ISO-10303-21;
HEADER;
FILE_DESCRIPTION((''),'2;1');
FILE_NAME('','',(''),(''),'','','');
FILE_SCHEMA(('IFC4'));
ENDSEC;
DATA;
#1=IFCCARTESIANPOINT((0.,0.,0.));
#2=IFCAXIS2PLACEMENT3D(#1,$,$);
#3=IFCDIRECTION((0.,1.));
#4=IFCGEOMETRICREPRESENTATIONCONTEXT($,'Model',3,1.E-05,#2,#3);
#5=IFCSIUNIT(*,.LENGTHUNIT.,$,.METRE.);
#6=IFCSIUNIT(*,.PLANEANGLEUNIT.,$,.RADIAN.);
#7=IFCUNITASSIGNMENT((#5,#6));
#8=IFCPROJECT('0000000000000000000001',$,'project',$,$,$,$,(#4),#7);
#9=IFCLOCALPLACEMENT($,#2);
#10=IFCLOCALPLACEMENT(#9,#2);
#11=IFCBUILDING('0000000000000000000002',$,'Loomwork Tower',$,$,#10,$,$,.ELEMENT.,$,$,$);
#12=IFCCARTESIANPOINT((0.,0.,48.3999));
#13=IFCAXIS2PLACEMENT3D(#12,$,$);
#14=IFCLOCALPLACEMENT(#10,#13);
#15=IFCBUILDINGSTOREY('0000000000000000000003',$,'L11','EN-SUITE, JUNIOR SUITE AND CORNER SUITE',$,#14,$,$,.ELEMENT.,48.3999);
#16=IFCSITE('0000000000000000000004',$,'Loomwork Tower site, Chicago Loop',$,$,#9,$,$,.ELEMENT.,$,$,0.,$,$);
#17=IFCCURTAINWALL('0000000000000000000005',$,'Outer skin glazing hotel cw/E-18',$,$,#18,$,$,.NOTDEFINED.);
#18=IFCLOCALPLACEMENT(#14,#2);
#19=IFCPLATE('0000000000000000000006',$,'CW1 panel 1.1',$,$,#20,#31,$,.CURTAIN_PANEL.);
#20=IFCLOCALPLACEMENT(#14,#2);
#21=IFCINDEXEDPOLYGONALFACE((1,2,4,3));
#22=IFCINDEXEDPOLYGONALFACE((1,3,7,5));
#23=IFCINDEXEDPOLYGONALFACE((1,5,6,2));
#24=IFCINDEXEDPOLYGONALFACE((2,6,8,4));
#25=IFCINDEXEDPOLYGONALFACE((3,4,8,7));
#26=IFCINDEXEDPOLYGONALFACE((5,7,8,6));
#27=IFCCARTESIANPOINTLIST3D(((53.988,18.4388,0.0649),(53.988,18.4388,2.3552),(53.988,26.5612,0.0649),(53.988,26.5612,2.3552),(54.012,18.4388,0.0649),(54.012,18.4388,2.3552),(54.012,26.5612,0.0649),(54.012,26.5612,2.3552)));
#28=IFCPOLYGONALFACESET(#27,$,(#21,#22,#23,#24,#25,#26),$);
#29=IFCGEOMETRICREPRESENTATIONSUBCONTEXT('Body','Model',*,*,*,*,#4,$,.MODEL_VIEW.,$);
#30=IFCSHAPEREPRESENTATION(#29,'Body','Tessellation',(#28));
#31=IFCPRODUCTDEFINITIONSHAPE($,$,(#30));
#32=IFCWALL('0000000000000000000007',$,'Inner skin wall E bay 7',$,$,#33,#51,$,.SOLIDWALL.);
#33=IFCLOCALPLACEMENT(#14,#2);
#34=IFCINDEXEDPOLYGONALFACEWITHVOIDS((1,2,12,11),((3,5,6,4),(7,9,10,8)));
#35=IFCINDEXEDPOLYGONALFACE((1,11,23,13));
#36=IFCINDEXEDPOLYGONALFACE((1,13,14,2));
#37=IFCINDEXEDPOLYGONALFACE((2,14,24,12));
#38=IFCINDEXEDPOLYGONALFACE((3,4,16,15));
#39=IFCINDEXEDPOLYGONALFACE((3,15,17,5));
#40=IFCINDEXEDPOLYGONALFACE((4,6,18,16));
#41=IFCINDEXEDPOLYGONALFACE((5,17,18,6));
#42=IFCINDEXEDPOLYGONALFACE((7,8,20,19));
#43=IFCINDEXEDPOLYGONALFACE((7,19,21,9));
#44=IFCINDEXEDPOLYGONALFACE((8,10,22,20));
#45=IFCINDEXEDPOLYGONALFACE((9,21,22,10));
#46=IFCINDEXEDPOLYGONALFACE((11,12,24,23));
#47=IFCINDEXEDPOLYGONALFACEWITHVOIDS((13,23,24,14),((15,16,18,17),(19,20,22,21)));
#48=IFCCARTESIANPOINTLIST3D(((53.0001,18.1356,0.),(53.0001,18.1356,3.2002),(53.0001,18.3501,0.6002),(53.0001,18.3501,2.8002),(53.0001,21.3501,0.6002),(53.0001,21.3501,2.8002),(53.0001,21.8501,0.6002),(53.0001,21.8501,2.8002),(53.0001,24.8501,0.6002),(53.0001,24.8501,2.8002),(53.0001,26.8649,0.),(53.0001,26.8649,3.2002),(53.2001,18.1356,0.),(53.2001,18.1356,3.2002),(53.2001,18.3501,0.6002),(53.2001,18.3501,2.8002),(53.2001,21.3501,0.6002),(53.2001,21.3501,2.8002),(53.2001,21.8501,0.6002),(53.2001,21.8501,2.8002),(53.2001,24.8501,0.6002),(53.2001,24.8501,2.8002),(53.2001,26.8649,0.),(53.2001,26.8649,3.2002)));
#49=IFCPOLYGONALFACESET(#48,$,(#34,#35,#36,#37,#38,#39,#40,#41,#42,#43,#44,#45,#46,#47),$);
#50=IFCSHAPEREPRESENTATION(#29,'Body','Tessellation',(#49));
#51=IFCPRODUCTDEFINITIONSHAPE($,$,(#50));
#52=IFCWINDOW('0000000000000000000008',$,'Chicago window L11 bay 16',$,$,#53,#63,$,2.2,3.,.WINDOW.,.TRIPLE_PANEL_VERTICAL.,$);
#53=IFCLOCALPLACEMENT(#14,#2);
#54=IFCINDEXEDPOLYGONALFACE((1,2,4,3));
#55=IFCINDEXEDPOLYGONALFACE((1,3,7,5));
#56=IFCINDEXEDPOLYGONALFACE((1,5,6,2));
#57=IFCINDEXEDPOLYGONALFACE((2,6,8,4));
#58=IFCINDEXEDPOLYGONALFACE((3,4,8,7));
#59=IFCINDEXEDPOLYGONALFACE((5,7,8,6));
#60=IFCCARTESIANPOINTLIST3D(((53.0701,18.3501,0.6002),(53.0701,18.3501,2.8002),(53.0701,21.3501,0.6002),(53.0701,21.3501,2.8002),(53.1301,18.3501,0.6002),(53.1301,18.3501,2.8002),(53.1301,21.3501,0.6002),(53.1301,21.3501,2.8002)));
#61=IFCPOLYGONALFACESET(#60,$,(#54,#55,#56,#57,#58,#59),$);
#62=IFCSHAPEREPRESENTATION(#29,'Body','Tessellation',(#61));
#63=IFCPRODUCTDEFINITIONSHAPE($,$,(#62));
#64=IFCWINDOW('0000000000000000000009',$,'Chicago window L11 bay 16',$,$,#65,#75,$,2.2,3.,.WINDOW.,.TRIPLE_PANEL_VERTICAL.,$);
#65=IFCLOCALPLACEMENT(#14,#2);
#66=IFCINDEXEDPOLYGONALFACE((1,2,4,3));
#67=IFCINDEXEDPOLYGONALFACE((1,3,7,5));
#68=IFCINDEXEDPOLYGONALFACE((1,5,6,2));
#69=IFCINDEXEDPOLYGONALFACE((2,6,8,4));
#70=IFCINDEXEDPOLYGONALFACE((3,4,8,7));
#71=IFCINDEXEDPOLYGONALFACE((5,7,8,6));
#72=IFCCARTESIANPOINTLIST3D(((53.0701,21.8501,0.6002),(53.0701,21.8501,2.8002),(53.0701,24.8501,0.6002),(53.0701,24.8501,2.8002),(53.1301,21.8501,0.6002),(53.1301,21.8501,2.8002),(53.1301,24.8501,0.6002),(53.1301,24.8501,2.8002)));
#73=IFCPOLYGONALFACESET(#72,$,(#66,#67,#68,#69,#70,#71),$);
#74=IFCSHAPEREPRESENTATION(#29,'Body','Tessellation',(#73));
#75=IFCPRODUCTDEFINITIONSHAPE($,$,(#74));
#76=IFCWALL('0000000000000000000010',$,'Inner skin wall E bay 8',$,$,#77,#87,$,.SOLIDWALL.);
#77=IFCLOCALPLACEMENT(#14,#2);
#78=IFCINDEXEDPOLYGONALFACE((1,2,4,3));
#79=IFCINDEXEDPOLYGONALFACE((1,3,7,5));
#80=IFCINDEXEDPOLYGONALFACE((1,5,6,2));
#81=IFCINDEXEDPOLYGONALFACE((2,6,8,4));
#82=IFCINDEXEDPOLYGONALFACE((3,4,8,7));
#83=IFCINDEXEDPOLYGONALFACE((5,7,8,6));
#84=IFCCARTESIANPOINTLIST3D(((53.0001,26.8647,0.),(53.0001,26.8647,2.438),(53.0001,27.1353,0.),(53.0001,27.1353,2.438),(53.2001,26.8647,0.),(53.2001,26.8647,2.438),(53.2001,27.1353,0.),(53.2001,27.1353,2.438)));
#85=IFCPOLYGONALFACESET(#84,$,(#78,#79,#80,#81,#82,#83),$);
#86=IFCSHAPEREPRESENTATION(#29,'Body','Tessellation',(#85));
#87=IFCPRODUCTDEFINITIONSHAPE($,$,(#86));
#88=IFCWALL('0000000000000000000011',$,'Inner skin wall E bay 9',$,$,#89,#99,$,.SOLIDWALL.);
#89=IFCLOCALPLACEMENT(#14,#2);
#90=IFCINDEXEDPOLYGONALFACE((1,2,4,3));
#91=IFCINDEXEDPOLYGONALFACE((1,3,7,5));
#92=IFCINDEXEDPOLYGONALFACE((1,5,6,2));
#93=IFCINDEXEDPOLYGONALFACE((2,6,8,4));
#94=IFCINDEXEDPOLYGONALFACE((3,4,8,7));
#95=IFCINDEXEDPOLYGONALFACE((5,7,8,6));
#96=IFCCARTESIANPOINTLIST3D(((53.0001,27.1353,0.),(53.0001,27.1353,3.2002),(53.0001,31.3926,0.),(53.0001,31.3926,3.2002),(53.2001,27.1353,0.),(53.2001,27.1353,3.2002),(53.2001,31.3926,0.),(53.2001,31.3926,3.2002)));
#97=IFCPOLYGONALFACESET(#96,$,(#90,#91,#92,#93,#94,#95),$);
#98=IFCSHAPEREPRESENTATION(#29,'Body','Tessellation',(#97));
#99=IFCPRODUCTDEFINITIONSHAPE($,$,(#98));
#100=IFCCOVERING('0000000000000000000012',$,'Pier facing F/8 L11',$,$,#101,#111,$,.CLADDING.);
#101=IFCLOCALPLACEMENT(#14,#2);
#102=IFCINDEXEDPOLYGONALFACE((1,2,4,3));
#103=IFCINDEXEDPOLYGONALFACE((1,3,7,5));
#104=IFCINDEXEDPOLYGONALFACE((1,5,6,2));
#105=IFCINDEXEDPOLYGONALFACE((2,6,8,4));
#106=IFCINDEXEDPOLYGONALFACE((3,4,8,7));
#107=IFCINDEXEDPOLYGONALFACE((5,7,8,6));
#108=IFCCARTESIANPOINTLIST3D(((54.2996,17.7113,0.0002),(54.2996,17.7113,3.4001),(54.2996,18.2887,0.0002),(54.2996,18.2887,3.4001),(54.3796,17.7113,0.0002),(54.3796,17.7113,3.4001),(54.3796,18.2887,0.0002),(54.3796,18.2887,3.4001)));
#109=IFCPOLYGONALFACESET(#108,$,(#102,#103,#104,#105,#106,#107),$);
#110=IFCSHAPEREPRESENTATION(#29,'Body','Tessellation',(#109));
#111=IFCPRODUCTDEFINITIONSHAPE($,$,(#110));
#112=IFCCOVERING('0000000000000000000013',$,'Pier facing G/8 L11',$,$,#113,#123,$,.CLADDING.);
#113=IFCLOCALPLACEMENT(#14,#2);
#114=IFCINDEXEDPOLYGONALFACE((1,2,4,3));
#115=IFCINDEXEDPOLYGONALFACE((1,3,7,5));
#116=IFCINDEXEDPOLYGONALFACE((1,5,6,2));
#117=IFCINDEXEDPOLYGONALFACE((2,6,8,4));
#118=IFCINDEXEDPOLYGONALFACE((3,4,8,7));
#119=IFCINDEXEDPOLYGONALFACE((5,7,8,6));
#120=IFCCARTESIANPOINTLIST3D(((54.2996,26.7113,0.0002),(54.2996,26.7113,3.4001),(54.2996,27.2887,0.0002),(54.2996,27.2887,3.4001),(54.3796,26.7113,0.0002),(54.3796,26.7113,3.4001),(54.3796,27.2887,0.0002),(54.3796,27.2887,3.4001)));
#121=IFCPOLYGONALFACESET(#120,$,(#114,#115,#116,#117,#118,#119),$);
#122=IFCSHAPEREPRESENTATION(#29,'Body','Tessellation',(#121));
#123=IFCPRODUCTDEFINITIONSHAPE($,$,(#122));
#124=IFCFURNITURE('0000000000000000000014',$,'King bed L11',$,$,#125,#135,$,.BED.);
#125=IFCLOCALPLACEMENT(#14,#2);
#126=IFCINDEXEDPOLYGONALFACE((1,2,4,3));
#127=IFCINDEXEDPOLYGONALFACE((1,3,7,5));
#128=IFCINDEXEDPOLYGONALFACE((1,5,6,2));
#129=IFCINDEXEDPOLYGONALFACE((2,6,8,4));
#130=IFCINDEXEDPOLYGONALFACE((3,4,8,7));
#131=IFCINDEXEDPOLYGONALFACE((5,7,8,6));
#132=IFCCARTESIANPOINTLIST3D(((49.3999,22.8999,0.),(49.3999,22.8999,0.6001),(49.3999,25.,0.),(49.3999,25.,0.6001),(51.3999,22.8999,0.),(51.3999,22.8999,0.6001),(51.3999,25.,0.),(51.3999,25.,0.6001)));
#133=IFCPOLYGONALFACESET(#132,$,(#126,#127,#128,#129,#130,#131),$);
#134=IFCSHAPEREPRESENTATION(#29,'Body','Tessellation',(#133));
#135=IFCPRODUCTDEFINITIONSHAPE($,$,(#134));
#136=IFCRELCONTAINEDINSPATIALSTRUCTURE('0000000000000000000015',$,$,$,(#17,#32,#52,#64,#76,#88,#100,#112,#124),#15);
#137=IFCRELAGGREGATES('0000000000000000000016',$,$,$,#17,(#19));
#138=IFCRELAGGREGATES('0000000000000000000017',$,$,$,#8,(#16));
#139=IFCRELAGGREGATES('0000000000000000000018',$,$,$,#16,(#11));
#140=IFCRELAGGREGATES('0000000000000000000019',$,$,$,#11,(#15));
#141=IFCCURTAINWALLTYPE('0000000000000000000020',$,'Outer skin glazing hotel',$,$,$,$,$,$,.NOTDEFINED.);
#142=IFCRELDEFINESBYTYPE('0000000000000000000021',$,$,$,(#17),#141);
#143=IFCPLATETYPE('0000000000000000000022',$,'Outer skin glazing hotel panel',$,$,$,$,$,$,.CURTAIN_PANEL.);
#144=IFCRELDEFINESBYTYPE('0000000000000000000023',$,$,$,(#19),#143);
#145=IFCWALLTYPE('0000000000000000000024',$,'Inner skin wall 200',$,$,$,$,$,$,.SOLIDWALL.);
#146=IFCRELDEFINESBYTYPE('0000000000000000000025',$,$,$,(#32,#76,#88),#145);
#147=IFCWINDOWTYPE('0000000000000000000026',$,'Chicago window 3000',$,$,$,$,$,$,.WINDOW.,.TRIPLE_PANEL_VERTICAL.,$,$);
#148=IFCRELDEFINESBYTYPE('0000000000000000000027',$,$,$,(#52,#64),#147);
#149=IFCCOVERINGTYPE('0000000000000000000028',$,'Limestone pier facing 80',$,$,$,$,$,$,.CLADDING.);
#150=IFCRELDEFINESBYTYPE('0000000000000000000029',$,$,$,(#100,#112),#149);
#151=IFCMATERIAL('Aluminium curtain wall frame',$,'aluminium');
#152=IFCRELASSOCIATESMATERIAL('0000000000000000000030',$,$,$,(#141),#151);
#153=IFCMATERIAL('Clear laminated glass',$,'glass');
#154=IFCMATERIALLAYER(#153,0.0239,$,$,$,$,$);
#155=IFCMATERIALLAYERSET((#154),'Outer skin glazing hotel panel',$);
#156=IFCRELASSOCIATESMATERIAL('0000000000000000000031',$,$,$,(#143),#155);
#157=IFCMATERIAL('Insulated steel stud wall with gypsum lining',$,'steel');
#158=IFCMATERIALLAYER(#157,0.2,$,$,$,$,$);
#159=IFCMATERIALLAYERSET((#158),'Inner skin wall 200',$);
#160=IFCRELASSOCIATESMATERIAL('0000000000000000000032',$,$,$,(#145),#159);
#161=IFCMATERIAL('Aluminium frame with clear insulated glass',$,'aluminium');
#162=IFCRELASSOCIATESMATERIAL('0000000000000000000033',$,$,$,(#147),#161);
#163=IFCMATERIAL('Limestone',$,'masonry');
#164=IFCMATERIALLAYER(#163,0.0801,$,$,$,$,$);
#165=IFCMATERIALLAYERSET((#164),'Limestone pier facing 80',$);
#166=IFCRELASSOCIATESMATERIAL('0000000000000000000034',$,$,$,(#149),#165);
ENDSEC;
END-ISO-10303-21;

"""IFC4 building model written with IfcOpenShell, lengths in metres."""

from ifc_helpers import new_model, si_unit, direction, frame, frame_2d, origin, origin_2d, place, context, subcontext, project, spatial, rectangle, extrude, material, layer, layer_set, type_object, element, fill, aggregate, save


model = new_model("IFC4")

# Units and contexts
model_context = context("Model", 3, precision=1e-05, world=origin(), true_north=direction((0.0, 1.0)))
body_context = subcontext(model_context, "Body", "Model", "MODEL_VIEW")
ifc_project = project(units=[si_unit("LENGTHUNIT", "METRE"), si_unit("PLANEANGLEUNIT", "RADIAN")], contexts=[model_context])

# Site, building, storey
site_placement = place(None, origin())
site = spatial("IfcSite", under=ifc_project, at=site_placement, Name="Loomwork Tower site, Chicago Loop", CompositionType="ELEMENT", RefElevation=0.0)
building_placement = place(site_placement, origin())
building = spatial("IfcBuilding", under=site, at=building_placement, Name="Loomwork Tower", CompositionType="ELEMENT")
storey_placement = place(building_placement, frame((0.0, 0.0, 48.3999)))
storey = spatial("IfcBuildingStorey", under=building, at=storey_placement, Name="L11", Description="EN-SUITE, JUNIOR SUITE AND CORNER SUITE", CompositionType="ELEMENT", Elevation=48.3999)

# Curtain wall
ifc_material_1 = material(Name="Aluminium curtain wall frame", Category="aluminium")
curtain_wall_type = type_object("IfcCurtainWallType", Name="Outer skin glazing hotel", PredefinedType="NOTDEFINED", material=ifc_material_1)
curtain_wall_1_placement = place(storey_placement, origin())
curtain_wall_1 = element("IfcCurtainWall", 1, at=curtain_wall_1_placement, inside=storey, type_object=curtain_wall_type, Name="Outer skin glazing hotel cw/E-18", PredefinedType="NOTDEFINED")

# Plate
ifc_material_2 = material(Name="Clear laminated glass", Category="glass")
ifc_layer_1 = layer(ifc_material_2, 0.0239)
ifc_layer_set_1 = layer_set([ifc_layer_1], Name="Outer skin glazing hotel panel")
plate_type = type_object("IfcPlateType", Name="Outer skin glazing hotel panel", PredefinedType="CURTAIN_PANEL", material=ifc_layer_set_1)
plate_placement = place(storey_placement, frame((54.0, 22.5, 0.0649), z_axis=(0.0, 0.0, 1.0), x_axis=(0.0, 1.0, 0.0)))
plate = element("IfcPlate", 2, at=plate_placement, type_object=plate_type, Name="CW1 panel 1.1", PredefinedType="CURTAIN_PANEL", context=body_context, shape_type="SweptSolid", body=[
    extrude(rectangle(XDim=8.1223, YDim=0.0239, at=origin_2d()), origin(), (0.0, 0.0, 1.0), 2.2903),
])
aggregate(curtain_wall_1, [plate])

# Wall, openings, windows
ifc_material_3 = material(Name="Insulated steel stud wall with gypsum lining", Category="steel")
ifc_layer_2 = layer(ifc_material_3, 0.2)
ifc_layer_set_2 = layer_set([ifc_layer_2], Name="Inner skin wall 200")
wall_type = type_object("IfcWallType", Name="Inner skin wall 200", PredefinedType="SOLIDWALL", material=ifc_layer_set_2)
wall_1_placement = place(storey_placement, frame((53.1001, 18.1355, 0.0), z_axis=(0.0, 0.0, 1.0), x_axis=(0.0, 1.0, 0.0)))
wall_1 = element("IfcWall", 3, at=wall_1_placement, inside=storey, type_object=wall_type, Name="Inner skin wall E bay 7", PredefinedType="SOLIDWALL", context=body_context, shape_type="SweptSolid", body=[
    extrude(rectangle(XDim=8.7292, YDim=0.2, at=frame_2d((4.3647, 0.0))), origin(), (0.0, 0.0, 1.0), 3.2002),
])
opening_1_placement = place(wall_1_placement, frame((0.2146, 0.0, 0.6001)))
opening_1 = element("IfcOpeningElement", 4, at=opening_1_placement, cuts=wall_1, PredefinedType="OPENING", context=body_context, shape_type="SweptSolid", body=[
    extrude(rectangle(XDim=3.0, YDim=2.2, at=frame_2d((1.5, 1.1001))), frame((0.0, 0.1099, 0.0), z_axis=(0.0, -1.0, 0.0), x_axis=(1.0, 0.0, 0.0)), (0.0, 0.0, 1.0), 0.22),
])
opening_2_placement = place(wall_1_placement, frame((3.7146, 0.0, 0.6001)))
opening_2 = element("IfcOpeningElement", 5, at=opening_2_placement, cuts=wall_1, PredefinedType="OPENING", context=body_context, shape_type="SweptSolid", body=[
    extrude(rectangle(XDim=3.0, YDim=2.2, at=frame_2d((1.5, 1.1001))), frame((0.0, 0.1099, 0.0), z_axis=(0.0, -1.0, 0.0), x_axis=(1.0, 0.0, 0.0)), (0.0, 0.0, 1.0), 0.22),
])
ifc_material_4 = material(Name="Aluminium frame with clear insulated glass", Category="aluminium")
window_type = type_object("IfcWindowType", Name="Chicago window 3000", PartitioningType="TRIPLE_PANEL_VERTICAL", PredefinedType="WINDOW", material=ifc_material_4)
window_1_placement = place(opening_1_placement, origin())
window_1 = element("IfcWindow", 6, at=window_1_placement, inside=storey, type_object=window_type, Name="Chicago window L11 bay 16", OverallHeight=2.2, OverallWidth=3.0, PartitioningType="TRIPLE_PANEL_VERTICAL", PredefinedType="WINDOW", context=body_context, shape_type="SweptSolid", body=[
    extrude(rectangle(XDim=3.0, YDim=2.2, at=frame_2d((1.5, 1.1001))), frame((0.0, 0.03, 0.0), z_axis=(0.0, -1.0, 0.0), x_axis=(1.0, 0.0, 0.0)), (0.0, 0.0, 1.0), 0.0601),
])
fill(opening_1, window_1)
window_2_placement = place(opening_2_placement, origin())
window_2 = element("IfcWindow", 7, at=window_2_placement, inside=storey, type_object=window_type, Name="Chicago window L11 bay 16", OverallHeight=2.2, OverallWidth=3.0, PartitioningType="TRIPLE_PANEL_VERTICAL", PredefinedType="WINDOW", context=body_context, shape_type="SweptSolid", body=[
    extrude(rectangle(XDim=3.0, YDim=2.2, at=frame_2d((1.5, 1.1001))), frame((0.0, 0.03, 0.0), z_axis=(0.0, -1.0, 0.0), x_axis=(1.0, 0.0, 0.0)), (0.0, 0.0, 1.0), 0.0601),
])
fill(opening_2, window_2)

# Walls
wall_2_placement = place(storey_placement, frame((53.1001, 26.8647, 0.0), z_axis=(0.0, 0.0, 1.0), x_axis=(0.0, 1.0, 0.0)))
element("IfcWall", 8, at=wall_2_placement, inside=storey, type_object=wall_type, Name="Inner skin wall E bay 8", PredefinedType="SOLIDWALL", context=body_context, shape_type="SweptSolid", body=[
    extrude(rectangle(XDim=0.2705, YDim=0.2, at=frame_2d((0.1353, 0.0))), origin(), (0.0, 0.0, 1.0), 2.438),
])
wall_3_placement = place(storey_placement, frame((53.1001, 27.1353, 0.0), z_axis=(0.0, 0.0, 1.0), x_axis=(0.0, 1.0, 0.0)))
element("IfcWall", 9, at=wall_3_placement, inside=storey, type_object=wall_type, Name="Inner skin wall E bay 9", PredefinedType="SOLIDWALL", context=body_context, shape_type="SweptSolid", body=[
    extrude(rectangle(XDim=4.2573, YDim=0.2, at=frame_2d((2.1287, 0.0))), origin(), (0.0, 0.0, 1.0), 3.2002),
])

# Coverings
ifc_material_5 = material(Name="Limestone", Category="masonry")
ifc_layer_3 = layer(ifc_material_5, 0.0801)
ifc_layer_set_3 = layer_set([ifc_layer_3], Name="Limestone pier facing 80")
covering_type = type_object("IfcCoveringType", Name="Limestone pier facing 80", PredefinedType="CLADDING", material=ifc_layer_set_3)
for number, where, z_axis, x_axis, name in (
    (10, (54.3396, 18.0, 0.0002), (0.0, 0.0, 1.0), (1.0, 0.0, 0.0), "Pier facing F/8 L11"),
    (11, (54.3396, 27.0, 0.0002), (0.0, 0.0, 1.0), (1.0, 0.0, 0.0), "Pier facing G/8 L11"),
):
    element("IfcCovering", number, at=place(storey_placement, frame(where, z_axis=z_axis, x_axis=x_axis)), inside=storey, type_object=covering_type, Name=name, PredefinedType="CLADDING", context=body_context, shape_type="SweptSolid", body=[
        extrude(rectangle(XDim=0.0801, YDim=0.5774, at=origin_2d()), origin(), (0.0, 0.0, 1.0), 3.3999),
    ])

# Furniture
furniture_placement = place(storey_placement, frame((50.3999, 23.95, 0.0), z_axis=(0.0, 0.0, 1.0), x_axis=(1.0, 0.0, 0.0)))
element("IfcFurniture", 12, at=furniture_placement, inside=storey, Name="King bed L11", PredefinedType="BED", context=body_context, shape_type="SweptSolid", body=[
    extrude(rectangle(XDim=2.0, YDim=2.1001, at=origin_2d()), origin(), (0.0, 0.0, 1.0), 0.6001),
])

save(model, "model.ifc")
